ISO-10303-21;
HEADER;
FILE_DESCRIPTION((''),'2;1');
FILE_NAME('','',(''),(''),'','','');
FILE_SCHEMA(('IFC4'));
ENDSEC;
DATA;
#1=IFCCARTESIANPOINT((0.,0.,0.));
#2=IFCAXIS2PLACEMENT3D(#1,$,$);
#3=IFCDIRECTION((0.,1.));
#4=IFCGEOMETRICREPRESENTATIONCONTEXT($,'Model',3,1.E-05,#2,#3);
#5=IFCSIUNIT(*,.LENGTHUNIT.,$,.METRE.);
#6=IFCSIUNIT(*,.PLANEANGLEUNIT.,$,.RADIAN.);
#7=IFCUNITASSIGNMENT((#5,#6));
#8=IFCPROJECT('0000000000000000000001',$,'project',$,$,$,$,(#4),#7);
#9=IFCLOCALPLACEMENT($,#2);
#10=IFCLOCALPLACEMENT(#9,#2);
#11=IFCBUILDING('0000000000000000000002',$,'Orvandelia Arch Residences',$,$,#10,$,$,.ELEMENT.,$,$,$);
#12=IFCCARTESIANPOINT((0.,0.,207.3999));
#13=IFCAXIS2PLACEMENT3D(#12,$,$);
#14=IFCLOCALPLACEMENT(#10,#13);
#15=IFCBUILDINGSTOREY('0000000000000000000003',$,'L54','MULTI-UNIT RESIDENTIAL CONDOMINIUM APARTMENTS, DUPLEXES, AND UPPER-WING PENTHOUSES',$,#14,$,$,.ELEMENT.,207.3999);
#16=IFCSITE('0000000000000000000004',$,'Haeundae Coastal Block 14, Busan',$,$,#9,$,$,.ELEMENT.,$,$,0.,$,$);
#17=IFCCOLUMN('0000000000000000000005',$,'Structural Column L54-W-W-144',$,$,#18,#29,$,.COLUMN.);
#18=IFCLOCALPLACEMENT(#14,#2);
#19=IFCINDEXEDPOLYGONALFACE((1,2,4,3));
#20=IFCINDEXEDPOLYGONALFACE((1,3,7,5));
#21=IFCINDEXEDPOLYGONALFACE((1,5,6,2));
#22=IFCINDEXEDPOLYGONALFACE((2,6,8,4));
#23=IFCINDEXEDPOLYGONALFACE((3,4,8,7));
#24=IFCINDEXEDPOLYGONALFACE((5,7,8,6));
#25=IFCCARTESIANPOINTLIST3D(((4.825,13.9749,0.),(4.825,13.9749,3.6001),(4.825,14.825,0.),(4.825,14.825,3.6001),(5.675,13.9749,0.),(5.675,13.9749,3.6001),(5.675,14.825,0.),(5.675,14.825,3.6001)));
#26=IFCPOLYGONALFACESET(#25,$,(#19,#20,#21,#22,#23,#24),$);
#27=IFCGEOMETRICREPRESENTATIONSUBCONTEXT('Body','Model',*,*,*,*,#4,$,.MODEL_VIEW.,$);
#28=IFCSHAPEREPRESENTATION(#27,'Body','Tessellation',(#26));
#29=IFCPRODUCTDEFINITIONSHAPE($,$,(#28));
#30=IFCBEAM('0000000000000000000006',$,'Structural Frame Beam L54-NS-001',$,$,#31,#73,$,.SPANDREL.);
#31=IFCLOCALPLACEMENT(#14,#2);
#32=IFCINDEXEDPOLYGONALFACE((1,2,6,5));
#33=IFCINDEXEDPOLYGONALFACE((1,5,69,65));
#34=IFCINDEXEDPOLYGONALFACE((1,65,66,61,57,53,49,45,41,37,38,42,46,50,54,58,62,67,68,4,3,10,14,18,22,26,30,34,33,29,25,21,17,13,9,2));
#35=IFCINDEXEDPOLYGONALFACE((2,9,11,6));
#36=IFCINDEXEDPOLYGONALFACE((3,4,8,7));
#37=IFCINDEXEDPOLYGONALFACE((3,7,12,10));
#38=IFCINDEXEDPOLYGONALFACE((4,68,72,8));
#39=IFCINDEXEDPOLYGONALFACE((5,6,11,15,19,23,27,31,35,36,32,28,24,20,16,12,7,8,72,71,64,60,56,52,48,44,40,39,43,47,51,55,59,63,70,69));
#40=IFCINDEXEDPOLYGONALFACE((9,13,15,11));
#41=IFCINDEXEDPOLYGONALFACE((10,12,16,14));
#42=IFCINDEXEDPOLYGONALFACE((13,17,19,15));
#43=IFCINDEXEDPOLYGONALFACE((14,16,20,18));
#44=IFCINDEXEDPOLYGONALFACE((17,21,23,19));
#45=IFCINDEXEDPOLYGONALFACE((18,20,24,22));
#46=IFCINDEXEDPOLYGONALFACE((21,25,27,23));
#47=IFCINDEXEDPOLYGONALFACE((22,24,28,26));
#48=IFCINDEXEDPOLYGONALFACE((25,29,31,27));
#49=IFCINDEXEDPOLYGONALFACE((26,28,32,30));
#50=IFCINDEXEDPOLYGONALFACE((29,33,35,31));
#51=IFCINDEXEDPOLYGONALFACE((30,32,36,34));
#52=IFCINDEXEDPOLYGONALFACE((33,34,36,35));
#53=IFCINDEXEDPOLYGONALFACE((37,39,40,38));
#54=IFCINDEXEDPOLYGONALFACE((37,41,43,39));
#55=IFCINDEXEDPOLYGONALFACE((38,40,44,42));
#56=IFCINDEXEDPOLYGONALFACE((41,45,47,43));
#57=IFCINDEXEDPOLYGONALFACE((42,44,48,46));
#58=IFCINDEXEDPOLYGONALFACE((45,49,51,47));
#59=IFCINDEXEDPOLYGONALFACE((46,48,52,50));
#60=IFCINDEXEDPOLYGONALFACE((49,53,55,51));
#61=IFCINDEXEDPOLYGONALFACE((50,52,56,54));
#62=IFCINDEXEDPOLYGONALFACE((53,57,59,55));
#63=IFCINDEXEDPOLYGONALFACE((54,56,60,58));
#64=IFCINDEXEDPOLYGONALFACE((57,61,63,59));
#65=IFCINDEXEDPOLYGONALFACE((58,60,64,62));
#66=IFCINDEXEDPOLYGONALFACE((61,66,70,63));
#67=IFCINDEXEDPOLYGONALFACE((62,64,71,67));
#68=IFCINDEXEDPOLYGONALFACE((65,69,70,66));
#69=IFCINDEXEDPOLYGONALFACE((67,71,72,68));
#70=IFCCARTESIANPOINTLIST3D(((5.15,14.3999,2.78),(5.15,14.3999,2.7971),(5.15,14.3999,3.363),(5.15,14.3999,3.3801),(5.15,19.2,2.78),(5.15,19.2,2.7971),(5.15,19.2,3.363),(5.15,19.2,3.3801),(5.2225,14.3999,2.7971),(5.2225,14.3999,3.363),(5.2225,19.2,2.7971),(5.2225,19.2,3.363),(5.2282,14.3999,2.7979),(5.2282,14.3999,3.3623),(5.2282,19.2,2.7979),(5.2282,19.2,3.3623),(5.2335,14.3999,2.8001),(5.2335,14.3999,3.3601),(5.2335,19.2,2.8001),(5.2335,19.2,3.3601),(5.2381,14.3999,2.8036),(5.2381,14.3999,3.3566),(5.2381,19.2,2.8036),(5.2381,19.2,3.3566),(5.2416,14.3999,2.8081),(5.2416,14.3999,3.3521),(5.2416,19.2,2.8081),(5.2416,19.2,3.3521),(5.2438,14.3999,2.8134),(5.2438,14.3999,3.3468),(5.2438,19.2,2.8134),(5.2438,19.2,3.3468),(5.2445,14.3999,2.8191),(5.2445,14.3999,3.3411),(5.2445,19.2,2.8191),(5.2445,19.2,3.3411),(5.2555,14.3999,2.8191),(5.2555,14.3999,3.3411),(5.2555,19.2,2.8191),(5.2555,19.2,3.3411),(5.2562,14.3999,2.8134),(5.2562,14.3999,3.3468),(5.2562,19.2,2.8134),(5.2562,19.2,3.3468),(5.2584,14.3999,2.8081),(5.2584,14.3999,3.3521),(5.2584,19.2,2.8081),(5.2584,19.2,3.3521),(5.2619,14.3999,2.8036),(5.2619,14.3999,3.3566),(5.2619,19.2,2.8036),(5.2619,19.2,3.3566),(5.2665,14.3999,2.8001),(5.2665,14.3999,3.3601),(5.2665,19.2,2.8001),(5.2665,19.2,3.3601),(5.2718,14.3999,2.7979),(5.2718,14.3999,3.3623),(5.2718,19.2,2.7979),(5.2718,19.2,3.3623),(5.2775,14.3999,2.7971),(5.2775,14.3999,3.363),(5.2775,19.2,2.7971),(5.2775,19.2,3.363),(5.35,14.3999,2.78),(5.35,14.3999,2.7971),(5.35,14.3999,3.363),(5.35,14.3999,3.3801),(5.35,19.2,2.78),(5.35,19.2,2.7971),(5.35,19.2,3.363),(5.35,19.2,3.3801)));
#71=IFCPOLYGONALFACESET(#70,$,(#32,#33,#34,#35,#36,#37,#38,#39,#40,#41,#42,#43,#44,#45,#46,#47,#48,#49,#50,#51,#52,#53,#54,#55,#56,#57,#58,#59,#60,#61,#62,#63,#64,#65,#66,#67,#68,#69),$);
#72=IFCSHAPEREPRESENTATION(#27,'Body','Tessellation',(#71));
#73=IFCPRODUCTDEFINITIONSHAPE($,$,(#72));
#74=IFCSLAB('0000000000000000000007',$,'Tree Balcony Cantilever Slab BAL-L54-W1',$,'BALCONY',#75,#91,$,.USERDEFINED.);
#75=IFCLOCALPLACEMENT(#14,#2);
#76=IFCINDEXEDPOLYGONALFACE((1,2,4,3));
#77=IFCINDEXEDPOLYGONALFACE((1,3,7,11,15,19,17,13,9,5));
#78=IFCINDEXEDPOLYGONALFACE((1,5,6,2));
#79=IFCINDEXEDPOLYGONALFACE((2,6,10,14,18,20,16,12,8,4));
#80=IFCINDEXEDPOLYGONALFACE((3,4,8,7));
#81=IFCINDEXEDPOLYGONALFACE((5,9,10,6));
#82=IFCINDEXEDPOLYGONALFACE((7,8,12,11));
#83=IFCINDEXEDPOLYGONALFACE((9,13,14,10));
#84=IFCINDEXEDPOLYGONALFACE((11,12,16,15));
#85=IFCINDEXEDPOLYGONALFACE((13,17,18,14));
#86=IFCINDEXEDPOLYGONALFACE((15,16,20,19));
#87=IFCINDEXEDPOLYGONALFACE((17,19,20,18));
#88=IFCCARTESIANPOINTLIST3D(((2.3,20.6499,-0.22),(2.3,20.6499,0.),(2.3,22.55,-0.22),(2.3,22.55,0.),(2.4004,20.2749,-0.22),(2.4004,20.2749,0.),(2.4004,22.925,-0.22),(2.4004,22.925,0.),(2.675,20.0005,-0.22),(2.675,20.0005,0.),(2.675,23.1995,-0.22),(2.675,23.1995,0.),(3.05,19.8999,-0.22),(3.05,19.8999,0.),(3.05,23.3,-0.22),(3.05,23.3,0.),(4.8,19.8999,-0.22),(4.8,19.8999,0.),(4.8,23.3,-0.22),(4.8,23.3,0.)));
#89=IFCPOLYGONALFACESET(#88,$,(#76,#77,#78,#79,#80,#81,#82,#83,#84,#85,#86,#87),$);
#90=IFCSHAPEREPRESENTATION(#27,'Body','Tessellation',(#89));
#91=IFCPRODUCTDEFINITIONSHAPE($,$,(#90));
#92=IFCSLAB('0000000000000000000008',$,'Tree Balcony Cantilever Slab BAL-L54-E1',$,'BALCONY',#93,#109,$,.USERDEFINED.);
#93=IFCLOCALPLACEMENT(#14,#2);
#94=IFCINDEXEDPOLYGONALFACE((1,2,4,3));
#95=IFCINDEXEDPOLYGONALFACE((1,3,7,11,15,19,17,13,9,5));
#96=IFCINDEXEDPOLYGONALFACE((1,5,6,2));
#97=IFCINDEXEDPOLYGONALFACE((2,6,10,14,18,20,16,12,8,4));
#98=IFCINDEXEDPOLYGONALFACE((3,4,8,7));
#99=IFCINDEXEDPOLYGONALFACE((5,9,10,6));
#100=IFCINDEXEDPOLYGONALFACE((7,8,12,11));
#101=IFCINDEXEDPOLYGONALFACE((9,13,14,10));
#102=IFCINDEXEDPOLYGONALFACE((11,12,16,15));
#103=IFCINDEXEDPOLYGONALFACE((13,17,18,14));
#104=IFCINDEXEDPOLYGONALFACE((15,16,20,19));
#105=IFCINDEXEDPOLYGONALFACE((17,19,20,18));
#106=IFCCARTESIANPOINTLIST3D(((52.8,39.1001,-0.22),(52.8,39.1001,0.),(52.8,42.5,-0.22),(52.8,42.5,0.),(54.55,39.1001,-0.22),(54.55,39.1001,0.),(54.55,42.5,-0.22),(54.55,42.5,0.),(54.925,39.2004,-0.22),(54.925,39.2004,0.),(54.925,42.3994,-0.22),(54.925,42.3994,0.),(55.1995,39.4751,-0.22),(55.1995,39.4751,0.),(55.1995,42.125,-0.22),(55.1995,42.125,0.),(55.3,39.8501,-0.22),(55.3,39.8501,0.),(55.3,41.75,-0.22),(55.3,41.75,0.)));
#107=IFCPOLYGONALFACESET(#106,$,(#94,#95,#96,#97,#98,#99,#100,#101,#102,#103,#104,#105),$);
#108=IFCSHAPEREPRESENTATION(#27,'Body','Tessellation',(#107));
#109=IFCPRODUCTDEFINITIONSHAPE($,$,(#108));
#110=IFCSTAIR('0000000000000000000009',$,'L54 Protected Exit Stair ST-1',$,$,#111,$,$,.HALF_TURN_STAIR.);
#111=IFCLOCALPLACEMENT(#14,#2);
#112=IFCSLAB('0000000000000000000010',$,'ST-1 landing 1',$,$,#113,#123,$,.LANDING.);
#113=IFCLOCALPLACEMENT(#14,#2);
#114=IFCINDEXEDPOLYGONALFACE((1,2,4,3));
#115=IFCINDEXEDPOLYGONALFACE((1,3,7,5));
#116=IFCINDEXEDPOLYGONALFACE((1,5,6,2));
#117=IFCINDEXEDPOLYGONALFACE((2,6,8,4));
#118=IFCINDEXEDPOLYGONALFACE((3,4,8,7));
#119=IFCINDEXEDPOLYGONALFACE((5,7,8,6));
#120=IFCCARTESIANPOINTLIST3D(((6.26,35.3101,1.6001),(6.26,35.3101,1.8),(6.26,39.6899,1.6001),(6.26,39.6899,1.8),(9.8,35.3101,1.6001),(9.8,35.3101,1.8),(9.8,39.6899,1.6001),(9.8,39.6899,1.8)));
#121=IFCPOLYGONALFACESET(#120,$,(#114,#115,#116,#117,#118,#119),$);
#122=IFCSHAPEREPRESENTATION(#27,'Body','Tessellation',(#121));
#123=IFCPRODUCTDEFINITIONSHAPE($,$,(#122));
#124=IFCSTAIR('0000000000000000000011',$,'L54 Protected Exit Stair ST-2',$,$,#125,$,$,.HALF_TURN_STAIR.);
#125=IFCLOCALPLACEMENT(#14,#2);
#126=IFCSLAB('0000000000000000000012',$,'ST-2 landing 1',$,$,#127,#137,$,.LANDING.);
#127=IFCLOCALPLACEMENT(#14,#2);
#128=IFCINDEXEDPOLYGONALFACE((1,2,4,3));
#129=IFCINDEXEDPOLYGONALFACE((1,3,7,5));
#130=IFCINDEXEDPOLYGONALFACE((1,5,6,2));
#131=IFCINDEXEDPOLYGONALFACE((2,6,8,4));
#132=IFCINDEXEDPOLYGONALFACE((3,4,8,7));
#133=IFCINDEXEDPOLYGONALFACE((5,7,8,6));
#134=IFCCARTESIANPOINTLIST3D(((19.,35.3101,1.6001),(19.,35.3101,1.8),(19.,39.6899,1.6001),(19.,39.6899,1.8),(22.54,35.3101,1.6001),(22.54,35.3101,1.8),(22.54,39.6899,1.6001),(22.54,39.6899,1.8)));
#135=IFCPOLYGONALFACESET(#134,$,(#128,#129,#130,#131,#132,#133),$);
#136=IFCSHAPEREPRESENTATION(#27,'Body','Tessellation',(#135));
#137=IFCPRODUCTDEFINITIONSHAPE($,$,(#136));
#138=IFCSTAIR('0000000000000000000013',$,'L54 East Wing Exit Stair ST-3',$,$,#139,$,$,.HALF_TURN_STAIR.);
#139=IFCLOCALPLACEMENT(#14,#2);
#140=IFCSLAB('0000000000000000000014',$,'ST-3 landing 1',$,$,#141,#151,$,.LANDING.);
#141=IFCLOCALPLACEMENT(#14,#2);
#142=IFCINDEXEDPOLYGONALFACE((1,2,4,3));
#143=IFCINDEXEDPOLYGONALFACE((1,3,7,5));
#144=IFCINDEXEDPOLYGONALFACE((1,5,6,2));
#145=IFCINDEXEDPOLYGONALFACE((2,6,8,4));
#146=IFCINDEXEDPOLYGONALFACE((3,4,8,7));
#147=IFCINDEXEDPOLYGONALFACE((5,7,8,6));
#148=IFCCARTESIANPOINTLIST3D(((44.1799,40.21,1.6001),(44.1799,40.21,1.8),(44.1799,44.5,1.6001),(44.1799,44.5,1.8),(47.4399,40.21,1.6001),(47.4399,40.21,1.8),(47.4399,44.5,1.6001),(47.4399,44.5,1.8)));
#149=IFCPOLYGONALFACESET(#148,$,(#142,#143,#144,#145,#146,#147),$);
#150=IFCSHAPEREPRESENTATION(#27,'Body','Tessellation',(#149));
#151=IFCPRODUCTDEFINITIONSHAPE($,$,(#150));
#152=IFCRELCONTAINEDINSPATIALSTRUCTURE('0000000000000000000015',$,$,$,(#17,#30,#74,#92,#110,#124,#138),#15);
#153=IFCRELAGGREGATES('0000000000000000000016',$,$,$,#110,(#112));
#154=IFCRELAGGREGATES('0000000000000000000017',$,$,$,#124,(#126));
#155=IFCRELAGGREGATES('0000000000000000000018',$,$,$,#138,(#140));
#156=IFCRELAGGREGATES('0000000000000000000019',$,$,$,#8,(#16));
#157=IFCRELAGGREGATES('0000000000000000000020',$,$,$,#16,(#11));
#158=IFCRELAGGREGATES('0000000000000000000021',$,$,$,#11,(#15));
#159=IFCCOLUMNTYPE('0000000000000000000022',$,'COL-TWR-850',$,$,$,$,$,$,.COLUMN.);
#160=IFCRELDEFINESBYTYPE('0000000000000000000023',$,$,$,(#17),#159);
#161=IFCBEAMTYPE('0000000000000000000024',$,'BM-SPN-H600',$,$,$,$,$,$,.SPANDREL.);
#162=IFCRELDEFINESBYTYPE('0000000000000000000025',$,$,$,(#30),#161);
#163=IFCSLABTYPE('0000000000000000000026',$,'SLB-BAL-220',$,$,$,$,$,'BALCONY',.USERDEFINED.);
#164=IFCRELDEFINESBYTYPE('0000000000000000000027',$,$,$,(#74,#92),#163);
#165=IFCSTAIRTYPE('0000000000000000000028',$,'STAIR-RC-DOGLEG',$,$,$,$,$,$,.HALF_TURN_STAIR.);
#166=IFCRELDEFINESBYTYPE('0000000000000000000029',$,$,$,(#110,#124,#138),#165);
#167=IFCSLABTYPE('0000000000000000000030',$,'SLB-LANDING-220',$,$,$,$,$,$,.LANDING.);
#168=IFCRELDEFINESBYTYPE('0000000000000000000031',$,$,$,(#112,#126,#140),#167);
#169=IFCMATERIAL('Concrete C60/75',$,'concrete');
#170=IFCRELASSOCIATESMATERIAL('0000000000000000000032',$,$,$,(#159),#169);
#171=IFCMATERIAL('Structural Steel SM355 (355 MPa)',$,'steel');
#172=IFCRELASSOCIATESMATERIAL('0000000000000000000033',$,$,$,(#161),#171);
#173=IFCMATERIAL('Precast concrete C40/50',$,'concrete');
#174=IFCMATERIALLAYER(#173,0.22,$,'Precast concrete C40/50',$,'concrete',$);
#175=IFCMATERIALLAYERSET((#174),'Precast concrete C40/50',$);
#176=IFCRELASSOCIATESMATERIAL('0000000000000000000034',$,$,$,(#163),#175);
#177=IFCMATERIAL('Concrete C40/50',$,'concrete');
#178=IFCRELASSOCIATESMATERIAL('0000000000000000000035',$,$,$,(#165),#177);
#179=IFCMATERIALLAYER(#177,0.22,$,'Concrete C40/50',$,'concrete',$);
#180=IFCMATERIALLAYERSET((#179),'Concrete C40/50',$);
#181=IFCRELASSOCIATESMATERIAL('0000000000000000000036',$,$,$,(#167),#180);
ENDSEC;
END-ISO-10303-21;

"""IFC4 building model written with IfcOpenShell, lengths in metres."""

from ifc_helpers import new_model, si_unit, direction, frame, origin, origin_2d, place, context, subcontext, project, spatial, polyline, rectangle, i_section, outline, extrude, material, layer, layer_set, material_profile, profile_set, type_object, element, aggregate, save


model = new_model("IFC4")

# Units and contexts
model_context = context("Model", 3, precision=1e-05, world=origin(), true_north=direction((0.0, 1.0)))
body_context = subcontext(model_context, "Body", "Model", "MODEL_VIEW")
ifc_project = project(units=[si_unit("LENGTHUNIT", "METRE"), si_unit("PLANEANGLEUNIT", "RADIAN")], contexts=[model_context])

# Site, building, storey
site_placement = place(None, origin())
site = spatial("IfcSite", under=ifc_project, at=site_placement, Name="Haeundae Coastal Block 14, Busan", CompositionType="ELEMENT", RefElevation=0.0)
building_placement = place(site_placement, origin())
building = spatial("IfcBuilding", under=site, at=building_placement, Name="Orvandelia Arch Residences", CompositionType="ELEMENT")
storey_placement = place(building_placement, frame((0.0, 0.0, 207.3999)))
storey = spatial("IfcBuildingStorey", under=building, at=storey_placement, Name="L54", Description="MULTI-UNIT RESIDENTIAL CONDOMINIUM APARTMENTS, DUPLEXES, AND UPPER-WING PENTHOUSES", CompositionType="ELEMENT", Elevation=207.3999)

# Column
ifc_material_1 = material(Name="Concrete C60/75", Category="concrete")
ifc_material_profile_1 = material_profile(ifc_material_1, rectangle(XDim=0.8501, YDim=0.8501, at=origin_2d()), Name="Concrete C60/75", Category="concrete")
ifc_profile_set_1 = profile_set([ifc_material_profile_1], Name="Concrete C60/75")
column_type = type_object("IfcColumnType", Name="COL-TWR-850", PredefinedType="COLUMN", material=ifc_profile_set_1)
column_placement = place(storey_placement, frame((5.25, 14.3999, 0.0), z_axis=(0.0, 0.0, 1.0), x_axis=(1.0, 0.0, 0.0)))
element("IfcColumn", 1, at=column_placement, inside=storey, type_object=column_type, Name="Structural Column L54-W-W-144", PredefinedType="COLUMN", context=body_context, shape_type="SweptSolid", body=[
    extrude(rectangle(XDim=0.8501, YDim=0.8501, at=origin_2d()), origin(), (0.0, 0.0, 1.0), 3.6001),
])

# Beam
ifc_material_2 = material(Name="Structural Steel SM355 (355 MPa)", Category="steel")
ifc_material_profile_2 = material_profile(ifc_material_2, i_section(OverallWidth=0.2, OverallDepth=0.6001, WebThickness=0.011, FlangeThickness=0.0171, FilletRadius=0.022, at=origin_2d()), Name="Structural Steel SM355 (355 MPa)", Category="steel")
ifc_profile_set_2 = profile_set([ifc_material_profile_2], Name="Structural Steel SM355 (355 MPa)")
beam_type = type_object("IfcBeamType", Name="BM-SPN-H600", PredefinedType="SPANDREL", material=ifc_profile_set_2)
beam_placement = place(storey_placement, frame((5.25, 14.3999, 3.0801), z_axis=(0.0, 1.0, 0.0), x_axis=(-1.0, 0.0, 0.0)))
element("IfcBeam", 2, at=beam_placement, inside=storey, type_object=beam_type, Name="Structural Frame Beam L54-NS-001", PredefinedType="SPANDREL", context=body_context, shape_type="SweptSolid", body=[
    extrude(i_section(OverallWidth=0.2, OverallDepth=0.6001, WebThickness=0.011, FlangeThickness=0.0171, FilletRadius=0.022, at=origin_2d()), origin(), (0.0, 0.0, 1.0), 4.8),
])

# Slabs
ifc_material_3 = material(Name="Precast concrete C40/50", Category="concrete")
ifc_layer_1 = layer(ifc_material_3, 0.22, Name="Precast concrete C40/50", Category="concrete")
ifc_layer_set_1 = layer_set([ifc_layer_1], Name="Precast concrete C40/50")
slab_type_1 = type_object("IfcSlabType", Name="SLB-BAL-220", ElementType="BALCONY", PredefinedType="USERDEFINED", material=ifc_layer_set_1)
slab_1_placement = place(storey_placement, frame((0.0, 0.0, -0.22)))
element("IfcSlab", 3, at=slab_1_placement, inside=storey, type_object=slab_type_1, Name="Tree Balcony Cantilever Slab BAL-L54-W1", ObjectType="BALCONY", PredefinedType="USERDEFINED", context=body_context, shape_type="SweptSolid", body=[
    extrude(outline(polyline([(4.8, 19.8999), (4.8, 23.3), (3.05, 23.3), (2.675, 23.1995), (2.4004, 22.925), (2.3, 22.55), (2.3, 20.6499), (2.4004, 20.2749), (2.675, 20.0005), (3.05, 19.8999), (4.8, 19.8999)])), origin(), (0.0, 0.0, 1.0), 0.22),
])
slab_2_placement = place(storey_placement, frame((0.0, 0.0, -0.22)))
element("IfcSlab", 4, at=slab_2_placement, inside=storey, type_object=slab_type_1, Name="Tree Balcony Cantilever Slab BAL-L54-E1", ObjectType="BALCONY", PredefinedType="USERDEFINED", context=body_context, shape_type="SweptSolid", body=[
    extrude(outline(polyline([(52.8, 42.5), (52.8, 39.1001), (54.55, 39.1001), (54.925, 39.2004), (55.1995, 39.4751), (55.3, 39.8501), (55.3, 41.75), (55.1995, 42.125), (54.925, 42.3994), (54.55, 42.5), (52.8, 42.5)])), origin(), (0.0, 0.0, 1.0), 0.22),
])

# Stairs, slabs
ifc_material_4 = material(Name="Concrete C40/50", Category="concrete")
stair_type = type_object("IfcStairType", Name="STAIR-RC-DOGLEG", PredefinedType="HALF_TURN_STAIR", material=ifc_material_4)
stair_1_placement = place(storey_placement, origin())
stair_1 = element("IfcStair", 5, at=stair_1_placement, inside=storey, type_object=stair_type, Name="L54 Protected Exit Stair ST-1", PredefinedType="HALF_TURN_STAIR")
ifc_layer_2 = layer(ifc_material_4, 0.22, Name="Concrete C40/50", Category="concrete")
ifc_layer_set_2 = layer_set([ifc_layer_2], Name="Concrete C40/50")
slab_type_2 = type_object("IfcSlabType", Name="SLB-LANDING-220", PredefinedType="LANDING", material=ifc_layer_set_2)
slab_3_placement = place(storey_placement, frame((0.0, 0.0, 1.6001)))
slab_3 = element("IfcSlab", 6, at=slab_3_placement, type_object=slab_type_2, Name="ST-1 landing 1", PredefinedType="LANDING", context=body_context, shape_type="SweptSolid", body=[
    extrude(outline(polyline([(9.8, 35.3101), (9.8, 39.6899), (6.26, 39.6899), (6.26, 35.3101), (9.8, 35.3101)])), origin(), (0.0, 0.0, 1.0), 0.2),
])
aggregate(stair_1, [slab_3])
stair_2_placement = place(storey_placement, origin())
stair_2 = element("IfcStair", 7, at=stair_2_placement, inside=storey, type_object=stair_type, Name="L54 Protected Exit Stair ST-2", PredefinedType="HALF_TURN_STAIR")
slab_4_placement = place(storey_placement, frame((0.0, 0.0, 1.6001)))
slab_4 = element("IfcSlab", 8, at=slab_4_placement, type_object=slab_type_2, Name="ST-2 landing 1", PredefinedType="LANDING", context=body_context, shape_type="SweptSolid", body=[
    extrude(outline(polyline([(22.54, 35.3101), (22.54, 39.6899), (19.0, 39.6899), (19.0, 35.3101), (22.54, 35.3101)])), origin(), (0.0, 0.0, 1.0), 0.2),
])
aggregate(stair_2, [slab_4])
stair_3_placement = place(storey_placement, origin())
stair_3 = element("IfcStair", 9, at=stair_3_placement, inside=storey, type_object=stair_type, Name="L54 East Wing Exit Stair ST-3", PredefinedType="HALF_TURN_STAIR")
slab_5_placement = place(storey_placement, frame((0.0, 0.0, 1.6001)))
slab_5 = element("IfcSlab", 10, at=slab_5_placement, type_object=slab_type_2, Name="ST-3 landing 1", PredefinedType="LANDING", context=body_context, shape_type="SweptSolid", body=[
    extrude(outline(polyline([(47.4399, 40.21), (47.4399, 44.5), (44.1799, 44.5), (44.1799, 40.21), (47.4399, 40.21)])), origin(), (0.0, 0.0, 1.0), 0.2),
])
aggregate(stair_3, [slab_5])

save(model, "model.ifc")
